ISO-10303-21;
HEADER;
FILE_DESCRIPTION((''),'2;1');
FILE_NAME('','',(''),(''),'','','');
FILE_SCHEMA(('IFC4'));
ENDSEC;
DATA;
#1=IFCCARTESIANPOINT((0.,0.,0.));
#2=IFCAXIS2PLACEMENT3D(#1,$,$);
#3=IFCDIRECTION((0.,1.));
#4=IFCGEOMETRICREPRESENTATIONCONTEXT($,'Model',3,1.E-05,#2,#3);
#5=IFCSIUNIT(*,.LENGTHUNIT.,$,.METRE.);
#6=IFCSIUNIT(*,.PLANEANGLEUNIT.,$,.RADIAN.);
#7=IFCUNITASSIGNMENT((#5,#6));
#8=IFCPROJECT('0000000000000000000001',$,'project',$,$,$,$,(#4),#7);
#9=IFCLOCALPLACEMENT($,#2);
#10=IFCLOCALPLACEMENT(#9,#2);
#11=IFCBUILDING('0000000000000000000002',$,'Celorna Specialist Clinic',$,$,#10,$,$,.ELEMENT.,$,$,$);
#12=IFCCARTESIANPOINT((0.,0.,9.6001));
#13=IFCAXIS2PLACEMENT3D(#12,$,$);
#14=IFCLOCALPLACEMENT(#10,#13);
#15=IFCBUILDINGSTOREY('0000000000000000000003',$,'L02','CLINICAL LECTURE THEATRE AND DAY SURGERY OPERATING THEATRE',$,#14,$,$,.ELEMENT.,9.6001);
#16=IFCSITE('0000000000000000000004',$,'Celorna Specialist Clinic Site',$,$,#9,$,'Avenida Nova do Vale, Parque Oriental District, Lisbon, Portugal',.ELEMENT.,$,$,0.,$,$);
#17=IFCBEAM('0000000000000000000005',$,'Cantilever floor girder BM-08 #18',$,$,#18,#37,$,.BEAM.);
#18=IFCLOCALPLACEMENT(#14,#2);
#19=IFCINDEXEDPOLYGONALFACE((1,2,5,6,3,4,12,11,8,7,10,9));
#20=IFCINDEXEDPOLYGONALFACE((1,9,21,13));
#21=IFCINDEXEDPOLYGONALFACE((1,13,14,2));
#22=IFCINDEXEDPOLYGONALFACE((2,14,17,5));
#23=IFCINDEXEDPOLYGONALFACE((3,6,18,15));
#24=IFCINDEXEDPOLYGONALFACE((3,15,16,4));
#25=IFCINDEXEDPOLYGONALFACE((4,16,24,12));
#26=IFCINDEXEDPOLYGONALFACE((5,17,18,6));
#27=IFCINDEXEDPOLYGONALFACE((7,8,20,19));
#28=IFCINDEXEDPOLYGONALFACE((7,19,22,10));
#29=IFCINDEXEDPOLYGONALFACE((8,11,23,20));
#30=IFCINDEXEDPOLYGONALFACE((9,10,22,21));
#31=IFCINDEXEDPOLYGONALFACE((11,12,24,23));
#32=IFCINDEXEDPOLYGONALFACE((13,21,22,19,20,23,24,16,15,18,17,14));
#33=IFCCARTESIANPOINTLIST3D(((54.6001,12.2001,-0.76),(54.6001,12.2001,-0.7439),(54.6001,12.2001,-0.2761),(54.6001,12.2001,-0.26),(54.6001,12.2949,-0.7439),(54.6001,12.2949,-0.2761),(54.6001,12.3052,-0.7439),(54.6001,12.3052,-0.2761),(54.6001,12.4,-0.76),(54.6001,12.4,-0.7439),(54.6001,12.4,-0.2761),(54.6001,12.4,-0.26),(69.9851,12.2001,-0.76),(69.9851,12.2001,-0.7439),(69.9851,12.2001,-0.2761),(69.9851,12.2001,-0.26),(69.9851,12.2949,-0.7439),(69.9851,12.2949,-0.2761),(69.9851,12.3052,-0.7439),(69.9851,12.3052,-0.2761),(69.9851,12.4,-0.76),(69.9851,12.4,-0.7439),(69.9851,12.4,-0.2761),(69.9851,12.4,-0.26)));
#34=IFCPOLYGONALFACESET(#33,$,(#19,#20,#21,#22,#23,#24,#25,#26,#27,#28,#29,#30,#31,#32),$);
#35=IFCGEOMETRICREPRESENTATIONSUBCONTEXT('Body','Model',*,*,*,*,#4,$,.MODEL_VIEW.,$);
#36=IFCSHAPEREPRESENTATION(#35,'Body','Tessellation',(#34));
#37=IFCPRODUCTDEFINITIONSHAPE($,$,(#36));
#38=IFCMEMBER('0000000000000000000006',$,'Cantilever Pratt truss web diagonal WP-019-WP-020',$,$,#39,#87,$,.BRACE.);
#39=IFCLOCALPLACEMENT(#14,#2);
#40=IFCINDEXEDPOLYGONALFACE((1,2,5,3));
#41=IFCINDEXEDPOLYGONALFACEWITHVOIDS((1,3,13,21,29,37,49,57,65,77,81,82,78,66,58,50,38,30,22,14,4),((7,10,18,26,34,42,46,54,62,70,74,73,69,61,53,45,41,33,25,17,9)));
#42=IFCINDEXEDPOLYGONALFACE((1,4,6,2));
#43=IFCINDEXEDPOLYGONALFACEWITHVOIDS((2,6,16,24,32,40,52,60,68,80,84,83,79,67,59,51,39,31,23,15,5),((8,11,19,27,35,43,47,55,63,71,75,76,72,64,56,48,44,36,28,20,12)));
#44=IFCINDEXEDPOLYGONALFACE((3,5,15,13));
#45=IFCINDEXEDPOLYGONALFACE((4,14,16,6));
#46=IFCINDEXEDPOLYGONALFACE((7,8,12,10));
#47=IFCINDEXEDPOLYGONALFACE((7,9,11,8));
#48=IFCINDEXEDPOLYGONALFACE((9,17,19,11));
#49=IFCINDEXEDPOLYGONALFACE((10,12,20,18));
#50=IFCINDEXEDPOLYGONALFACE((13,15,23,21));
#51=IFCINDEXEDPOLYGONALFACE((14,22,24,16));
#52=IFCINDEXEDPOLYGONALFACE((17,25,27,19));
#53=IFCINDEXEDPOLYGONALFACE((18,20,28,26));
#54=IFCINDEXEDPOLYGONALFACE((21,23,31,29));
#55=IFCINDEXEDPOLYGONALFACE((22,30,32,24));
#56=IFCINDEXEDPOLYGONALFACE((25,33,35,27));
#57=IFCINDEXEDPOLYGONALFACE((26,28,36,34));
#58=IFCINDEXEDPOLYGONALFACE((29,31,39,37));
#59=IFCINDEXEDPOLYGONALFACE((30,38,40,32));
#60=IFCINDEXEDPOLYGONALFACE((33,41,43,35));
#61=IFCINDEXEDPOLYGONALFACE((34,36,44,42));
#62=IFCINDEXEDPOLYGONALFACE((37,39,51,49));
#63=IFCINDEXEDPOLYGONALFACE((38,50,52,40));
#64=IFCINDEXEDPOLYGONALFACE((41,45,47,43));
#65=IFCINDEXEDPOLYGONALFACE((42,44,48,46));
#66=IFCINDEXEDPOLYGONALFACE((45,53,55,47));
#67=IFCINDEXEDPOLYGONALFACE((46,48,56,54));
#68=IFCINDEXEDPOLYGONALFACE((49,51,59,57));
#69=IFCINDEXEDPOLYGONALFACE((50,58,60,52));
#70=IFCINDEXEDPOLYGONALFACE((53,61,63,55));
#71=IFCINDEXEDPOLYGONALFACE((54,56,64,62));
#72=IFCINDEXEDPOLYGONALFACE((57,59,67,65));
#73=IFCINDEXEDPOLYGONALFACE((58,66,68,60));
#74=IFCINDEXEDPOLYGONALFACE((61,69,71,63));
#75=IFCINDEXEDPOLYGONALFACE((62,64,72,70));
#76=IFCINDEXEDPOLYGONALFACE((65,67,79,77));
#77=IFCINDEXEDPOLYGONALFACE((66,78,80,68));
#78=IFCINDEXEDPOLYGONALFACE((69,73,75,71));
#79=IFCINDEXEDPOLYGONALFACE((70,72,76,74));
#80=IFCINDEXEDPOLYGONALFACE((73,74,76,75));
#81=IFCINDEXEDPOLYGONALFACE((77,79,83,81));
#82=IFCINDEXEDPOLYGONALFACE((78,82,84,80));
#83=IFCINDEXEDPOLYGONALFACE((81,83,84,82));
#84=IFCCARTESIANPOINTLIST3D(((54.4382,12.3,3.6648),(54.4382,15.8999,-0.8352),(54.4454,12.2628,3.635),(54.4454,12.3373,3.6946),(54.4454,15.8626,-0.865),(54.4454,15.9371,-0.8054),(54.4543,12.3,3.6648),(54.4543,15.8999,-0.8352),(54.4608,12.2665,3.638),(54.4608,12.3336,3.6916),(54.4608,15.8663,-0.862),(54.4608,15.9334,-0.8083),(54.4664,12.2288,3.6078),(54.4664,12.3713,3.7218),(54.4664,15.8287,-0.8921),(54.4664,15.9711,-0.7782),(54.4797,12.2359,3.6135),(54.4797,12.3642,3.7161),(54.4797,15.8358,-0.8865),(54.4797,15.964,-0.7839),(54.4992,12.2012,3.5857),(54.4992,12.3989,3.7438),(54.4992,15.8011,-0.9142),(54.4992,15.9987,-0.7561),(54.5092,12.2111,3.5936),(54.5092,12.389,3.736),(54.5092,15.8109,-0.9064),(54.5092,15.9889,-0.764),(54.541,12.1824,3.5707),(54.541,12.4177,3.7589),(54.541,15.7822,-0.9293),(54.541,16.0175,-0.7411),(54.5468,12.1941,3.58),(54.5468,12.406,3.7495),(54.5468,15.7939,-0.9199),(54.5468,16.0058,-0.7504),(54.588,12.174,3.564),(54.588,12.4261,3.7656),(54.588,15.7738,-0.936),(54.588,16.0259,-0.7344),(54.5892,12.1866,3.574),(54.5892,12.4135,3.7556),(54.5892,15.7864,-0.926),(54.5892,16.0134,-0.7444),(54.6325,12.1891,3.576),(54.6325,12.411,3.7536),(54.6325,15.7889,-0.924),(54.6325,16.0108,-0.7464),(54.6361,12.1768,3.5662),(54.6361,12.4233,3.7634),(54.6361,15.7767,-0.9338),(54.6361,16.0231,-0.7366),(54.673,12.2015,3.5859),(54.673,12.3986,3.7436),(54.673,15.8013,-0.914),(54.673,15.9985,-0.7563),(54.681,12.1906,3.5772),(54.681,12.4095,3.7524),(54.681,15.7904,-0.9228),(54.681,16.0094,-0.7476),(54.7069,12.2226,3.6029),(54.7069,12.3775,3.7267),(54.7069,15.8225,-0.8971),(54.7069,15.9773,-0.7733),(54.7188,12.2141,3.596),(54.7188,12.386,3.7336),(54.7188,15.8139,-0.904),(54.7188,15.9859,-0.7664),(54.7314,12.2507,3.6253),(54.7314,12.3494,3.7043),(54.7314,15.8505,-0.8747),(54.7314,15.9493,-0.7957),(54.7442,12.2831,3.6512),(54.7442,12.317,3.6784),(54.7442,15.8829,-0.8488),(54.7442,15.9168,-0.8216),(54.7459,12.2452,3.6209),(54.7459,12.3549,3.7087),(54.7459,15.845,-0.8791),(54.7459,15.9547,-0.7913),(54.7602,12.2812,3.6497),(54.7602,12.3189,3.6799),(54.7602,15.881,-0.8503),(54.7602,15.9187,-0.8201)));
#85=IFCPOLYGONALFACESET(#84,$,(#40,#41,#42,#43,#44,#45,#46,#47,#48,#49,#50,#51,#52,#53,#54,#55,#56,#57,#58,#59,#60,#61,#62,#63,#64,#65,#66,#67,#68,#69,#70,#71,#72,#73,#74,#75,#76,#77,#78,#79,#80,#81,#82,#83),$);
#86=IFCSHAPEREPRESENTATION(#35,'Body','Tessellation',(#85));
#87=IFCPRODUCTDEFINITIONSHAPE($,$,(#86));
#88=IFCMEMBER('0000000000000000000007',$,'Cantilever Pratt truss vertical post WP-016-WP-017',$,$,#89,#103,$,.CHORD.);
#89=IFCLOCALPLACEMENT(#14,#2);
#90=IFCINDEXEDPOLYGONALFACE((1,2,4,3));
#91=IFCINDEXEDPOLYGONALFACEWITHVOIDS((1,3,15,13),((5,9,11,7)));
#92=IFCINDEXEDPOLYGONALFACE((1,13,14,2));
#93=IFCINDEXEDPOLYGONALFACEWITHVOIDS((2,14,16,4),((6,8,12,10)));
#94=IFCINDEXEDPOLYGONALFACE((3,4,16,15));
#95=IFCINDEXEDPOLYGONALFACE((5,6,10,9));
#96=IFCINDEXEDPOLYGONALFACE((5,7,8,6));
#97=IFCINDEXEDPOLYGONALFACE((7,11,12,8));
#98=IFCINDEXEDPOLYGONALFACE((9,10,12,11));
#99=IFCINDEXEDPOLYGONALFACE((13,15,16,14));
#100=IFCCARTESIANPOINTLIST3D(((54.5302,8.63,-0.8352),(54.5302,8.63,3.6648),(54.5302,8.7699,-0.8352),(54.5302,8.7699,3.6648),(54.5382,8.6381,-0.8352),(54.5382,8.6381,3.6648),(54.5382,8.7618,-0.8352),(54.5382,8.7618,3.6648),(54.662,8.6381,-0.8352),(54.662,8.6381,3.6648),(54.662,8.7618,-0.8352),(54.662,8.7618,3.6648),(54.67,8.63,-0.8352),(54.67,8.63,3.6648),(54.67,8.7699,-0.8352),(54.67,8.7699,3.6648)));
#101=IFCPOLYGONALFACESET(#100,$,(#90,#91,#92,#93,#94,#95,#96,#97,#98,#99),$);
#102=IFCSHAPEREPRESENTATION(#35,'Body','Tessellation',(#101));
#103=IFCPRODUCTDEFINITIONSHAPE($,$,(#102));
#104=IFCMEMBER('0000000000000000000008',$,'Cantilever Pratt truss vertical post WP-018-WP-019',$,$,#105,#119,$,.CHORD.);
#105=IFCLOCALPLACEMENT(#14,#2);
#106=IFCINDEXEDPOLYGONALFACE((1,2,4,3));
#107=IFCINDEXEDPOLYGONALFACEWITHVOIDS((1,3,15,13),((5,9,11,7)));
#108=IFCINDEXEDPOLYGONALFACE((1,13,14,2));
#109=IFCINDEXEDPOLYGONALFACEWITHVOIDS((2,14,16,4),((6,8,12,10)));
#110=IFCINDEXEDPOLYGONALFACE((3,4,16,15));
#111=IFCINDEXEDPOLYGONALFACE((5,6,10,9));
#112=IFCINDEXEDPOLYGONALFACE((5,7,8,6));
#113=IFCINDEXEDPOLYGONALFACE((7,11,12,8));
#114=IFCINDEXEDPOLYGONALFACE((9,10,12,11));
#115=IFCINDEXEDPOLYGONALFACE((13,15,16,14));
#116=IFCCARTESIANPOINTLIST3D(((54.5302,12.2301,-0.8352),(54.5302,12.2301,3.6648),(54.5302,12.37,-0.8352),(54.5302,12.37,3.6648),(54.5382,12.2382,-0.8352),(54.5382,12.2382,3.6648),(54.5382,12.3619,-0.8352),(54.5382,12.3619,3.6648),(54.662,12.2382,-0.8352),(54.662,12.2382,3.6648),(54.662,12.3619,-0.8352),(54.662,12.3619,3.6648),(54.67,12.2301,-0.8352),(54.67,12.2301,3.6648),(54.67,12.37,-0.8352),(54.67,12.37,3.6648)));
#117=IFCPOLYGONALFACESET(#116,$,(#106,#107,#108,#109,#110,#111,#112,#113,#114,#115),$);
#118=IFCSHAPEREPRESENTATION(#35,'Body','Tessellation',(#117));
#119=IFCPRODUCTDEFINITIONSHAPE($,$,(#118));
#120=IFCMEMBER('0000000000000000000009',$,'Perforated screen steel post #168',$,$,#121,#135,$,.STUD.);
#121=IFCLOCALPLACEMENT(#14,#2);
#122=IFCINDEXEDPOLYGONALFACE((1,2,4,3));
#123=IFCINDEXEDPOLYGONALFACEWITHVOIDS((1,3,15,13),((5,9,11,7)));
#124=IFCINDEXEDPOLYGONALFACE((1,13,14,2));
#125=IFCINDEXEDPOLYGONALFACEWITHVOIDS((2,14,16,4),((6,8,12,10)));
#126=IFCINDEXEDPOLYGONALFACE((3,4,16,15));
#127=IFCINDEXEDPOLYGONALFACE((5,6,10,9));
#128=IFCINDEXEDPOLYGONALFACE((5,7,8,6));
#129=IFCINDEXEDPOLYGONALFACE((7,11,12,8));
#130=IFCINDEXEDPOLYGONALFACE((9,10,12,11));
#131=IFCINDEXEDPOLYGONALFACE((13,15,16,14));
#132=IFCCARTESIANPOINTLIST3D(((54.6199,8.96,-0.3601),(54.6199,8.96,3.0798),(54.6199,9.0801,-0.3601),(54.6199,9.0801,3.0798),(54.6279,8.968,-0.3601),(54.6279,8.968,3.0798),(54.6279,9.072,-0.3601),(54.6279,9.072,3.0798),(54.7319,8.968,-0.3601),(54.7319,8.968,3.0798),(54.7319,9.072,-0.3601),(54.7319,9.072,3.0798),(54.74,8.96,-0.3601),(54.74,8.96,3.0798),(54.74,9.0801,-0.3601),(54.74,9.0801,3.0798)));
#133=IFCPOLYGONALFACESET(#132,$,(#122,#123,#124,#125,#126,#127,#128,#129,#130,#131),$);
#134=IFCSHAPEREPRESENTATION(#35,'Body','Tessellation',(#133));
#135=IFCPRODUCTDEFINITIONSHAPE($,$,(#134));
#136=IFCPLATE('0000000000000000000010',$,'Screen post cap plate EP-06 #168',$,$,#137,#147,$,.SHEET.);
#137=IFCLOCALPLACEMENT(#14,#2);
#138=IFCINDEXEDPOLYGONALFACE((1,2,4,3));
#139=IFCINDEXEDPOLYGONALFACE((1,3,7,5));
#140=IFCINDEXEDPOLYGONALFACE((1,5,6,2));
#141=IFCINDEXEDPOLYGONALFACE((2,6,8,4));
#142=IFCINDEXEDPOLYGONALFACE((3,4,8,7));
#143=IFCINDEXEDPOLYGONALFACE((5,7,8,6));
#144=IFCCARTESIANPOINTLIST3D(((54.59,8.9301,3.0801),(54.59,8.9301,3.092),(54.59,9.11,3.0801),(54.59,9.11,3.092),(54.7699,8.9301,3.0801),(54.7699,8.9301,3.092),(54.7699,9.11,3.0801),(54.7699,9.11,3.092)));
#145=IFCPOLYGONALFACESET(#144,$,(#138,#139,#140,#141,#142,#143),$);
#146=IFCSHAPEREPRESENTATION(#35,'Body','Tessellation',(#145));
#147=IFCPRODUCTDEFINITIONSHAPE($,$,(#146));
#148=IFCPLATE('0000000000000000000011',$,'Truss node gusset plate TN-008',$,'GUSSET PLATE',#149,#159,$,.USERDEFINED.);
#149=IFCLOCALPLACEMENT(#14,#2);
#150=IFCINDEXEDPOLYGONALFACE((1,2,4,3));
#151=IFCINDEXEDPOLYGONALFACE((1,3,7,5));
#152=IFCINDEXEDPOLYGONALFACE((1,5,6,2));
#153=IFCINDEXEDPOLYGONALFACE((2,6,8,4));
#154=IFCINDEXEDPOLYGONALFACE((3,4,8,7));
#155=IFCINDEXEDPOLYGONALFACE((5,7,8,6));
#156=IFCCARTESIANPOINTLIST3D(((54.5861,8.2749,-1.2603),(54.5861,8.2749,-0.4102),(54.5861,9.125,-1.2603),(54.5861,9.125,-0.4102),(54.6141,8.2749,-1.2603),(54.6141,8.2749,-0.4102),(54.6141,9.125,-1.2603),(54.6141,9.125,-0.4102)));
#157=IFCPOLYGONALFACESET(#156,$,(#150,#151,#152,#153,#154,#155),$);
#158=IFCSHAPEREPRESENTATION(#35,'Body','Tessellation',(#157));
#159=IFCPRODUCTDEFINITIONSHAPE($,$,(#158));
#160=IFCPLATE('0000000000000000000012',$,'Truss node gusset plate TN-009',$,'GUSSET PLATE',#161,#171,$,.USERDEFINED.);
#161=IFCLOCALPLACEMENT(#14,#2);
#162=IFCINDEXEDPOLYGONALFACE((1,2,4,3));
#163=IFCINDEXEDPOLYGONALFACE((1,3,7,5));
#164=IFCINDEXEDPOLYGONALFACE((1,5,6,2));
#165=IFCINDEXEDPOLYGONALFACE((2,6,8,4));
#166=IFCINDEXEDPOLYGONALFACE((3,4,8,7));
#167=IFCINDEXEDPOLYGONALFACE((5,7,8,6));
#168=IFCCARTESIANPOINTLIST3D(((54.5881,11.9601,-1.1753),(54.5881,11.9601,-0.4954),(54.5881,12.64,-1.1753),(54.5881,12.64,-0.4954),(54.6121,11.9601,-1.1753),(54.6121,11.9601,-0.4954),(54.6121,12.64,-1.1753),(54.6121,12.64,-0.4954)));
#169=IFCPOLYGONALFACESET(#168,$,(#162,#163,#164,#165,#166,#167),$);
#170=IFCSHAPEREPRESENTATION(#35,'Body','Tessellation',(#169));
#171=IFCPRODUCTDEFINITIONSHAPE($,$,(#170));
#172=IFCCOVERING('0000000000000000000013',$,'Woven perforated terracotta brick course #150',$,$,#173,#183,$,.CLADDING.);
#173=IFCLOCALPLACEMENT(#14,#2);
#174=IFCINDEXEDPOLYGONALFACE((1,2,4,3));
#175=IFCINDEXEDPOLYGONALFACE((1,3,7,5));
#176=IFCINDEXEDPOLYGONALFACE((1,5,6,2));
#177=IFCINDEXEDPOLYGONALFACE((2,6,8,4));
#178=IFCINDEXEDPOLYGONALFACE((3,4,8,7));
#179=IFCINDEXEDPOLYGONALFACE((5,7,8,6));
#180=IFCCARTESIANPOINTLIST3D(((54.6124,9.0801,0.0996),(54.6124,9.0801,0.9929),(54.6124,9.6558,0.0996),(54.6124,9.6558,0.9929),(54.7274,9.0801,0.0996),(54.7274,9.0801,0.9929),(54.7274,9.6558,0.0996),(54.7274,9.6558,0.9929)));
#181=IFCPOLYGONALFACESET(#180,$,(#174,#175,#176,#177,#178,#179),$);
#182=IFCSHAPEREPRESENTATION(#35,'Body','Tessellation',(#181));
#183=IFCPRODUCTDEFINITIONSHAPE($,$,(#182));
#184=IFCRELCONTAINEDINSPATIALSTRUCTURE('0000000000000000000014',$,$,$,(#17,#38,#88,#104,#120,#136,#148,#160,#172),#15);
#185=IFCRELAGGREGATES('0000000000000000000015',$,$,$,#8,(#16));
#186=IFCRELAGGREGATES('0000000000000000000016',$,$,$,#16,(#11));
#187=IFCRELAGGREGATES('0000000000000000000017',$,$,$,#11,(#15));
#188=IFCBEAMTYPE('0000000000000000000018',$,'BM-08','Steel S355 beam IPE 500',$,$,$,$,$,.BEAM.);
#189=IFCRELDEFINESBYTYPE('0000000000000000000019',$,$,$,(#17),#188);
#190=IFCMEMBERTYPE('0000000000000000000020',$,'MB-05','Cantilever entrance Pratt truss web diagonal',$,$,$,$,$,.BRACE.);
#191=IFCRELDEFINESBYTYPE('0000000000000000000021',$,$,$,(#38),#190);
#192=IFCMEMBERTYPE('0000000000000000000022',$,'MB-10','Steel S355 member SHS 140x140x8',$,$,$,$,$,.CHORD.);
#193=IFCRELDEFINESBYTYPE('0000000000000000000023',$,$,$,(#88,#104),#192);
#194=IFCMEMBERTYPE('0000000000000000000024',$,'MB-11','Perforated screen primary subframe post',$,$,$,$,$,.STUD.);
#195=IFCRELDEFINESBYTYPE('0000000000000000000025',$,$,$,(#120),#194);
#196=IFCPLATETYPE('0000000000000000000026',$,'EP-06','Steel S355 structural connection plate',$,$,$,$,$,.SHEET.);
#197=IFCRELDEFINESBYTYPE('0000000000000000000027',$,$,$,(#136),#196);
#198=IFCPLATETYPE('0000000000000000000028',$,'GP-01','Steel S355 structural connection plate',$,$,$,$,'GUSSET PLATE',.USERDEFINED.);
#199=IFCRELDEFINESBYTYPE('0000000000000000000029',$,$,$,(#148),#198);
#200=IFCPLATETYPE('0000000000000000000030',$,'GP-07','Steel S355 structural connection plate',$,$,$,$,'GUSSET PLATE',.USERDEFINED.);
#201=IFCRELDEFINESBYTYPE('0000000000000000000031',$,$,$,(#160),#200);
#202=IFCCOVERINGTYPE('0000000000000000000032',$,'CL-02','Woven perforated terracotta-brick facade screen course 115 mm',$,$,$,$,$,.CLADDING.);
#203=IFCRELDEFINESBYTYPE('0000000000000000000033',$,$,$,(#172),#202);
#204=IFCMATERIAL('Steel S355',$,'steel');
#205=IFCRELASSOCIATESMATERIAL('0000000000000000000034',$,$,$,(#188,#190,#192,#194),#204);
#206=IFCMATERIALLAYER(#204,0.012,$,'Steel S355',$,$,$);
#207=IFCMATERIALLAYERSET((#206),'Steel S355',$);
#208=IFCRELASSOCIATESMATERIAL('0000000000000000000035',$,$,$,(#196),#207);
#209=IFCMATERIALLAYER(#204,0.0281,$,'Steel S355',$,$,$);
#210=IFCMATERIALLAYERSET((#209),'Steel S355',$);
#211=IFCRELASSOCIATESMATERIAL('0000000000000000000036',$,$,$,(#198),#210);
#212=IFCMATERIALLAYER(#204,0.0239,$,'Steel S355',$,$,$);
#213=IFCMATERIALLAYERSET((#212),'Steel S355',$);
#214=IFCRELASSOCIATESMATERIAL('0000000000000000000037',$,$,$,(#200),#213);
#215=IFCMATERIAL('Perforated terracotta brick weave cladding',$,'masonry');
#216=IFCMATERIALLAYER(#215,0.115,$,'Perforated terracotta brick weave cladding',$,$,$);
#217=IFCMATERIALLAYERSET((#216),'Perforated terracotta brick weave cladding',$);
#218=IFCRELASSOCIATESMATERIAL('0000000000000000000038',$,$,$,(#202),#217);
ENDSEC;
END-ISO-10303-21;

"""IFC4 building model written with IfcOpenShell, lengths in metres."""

from ifc_helpers import new_model, si_unit, direction, frame, origin, origin_2d, place, context, subcontext, project, spatial, rectangle, hollow_rectangle, hollow_circle, i_section, extrude, material, layer, layer_set, material_profile, profile_set, type_object, element, save


model = new_model("IFC4")

# Units and contexts
model_context = context("Model", 3, precision=1e-05, world=origin(), true_north=direction((0.0, 1.0)))
body_context = subcontext(model_context, "Body", "Model", "MODEL_VIEW")
ifc_project = project(units=[si_unit("LENGTHUNIT", "METRE"), si_unit("PLANEANGLEUNIT", "RADIAN")], contexts=[model_context])

# Site, building, storey
site_placement = place(None, origin())
site = spatial("IfcSite", under=ifc_project, at=site_placement, Name="Celorna Specialist Clinic Site", LongName="Avenida Nova do Vale, Parque Oriental District, Lisbon, Portugal", CompositionType="ELEMENT", RefElevation=0.0)
building_placement = place(site_placement, origin())
building = spatial("IfcBuilding", under=site, at=building_placement, Name="Celorna Specialist Clinic", CompositionType="ELEMENT")
storey_placement = place(building_placement, frame((0.0, 0.0, 9.6001)))
storey = spatial("IfcBuildingStorey", under=building, at=storey_placement, Name="L02", Description="CLINICAL LECTURE THEATRE AND DAY SURGERY OPERATING THEATRE", CompositionType="ELEMENT", Elevation=9.6001)

# Beam
ifc_material_1 = material(Name="Steel S355", Category="steel")
ifc_material_profile_1 = material_profile(ifc_material_1, i_section(OverallWidth=0.2, OverallDepth=0.5, WebThickness=0.0103, FlangeThickness=0.0161, at=origin_2d()), Name="IPE 500")
ifc_profile_set_1 = profile_set([ifc_material_profile_1], Name="Steel S355")
beam_type = type_object("IfcBeamType", Name="BM-08", Description="Steel S355 beam IPE 500", PredefinedType="BEAM", material=ifc_profile_set_1)
beam_placement = place(storey_placement, frame((54.6001, 12.3, -0.51), z_axis=(1.0, 0.0, 0.0), x_axis=(0.0, 1.0, 0.0)))
element("IfcBeam", 1, at=beam_placement, inside=storey, type_object=beam_type, Name="Cantilever floor girder BM-08 #18", PredefinedType="BEAM", context=body_context, shape_type="SweptSolid", body=[
    extrude(i_section(OverallWidth=0.2, OverallDepth=0.5, WebThickness=0.0103, FlangeThickness=0.0161, at=origin_2d()), origin(), (0.0, 0.0, 1.0), 15.385),
])

# Members
ifc_material_profile_2 = material_profile(ifc_material_1, hollow_circle(Radius=0.1619, WallThickness=0.0161, at=origin_2d()), Name="CHS 323.9x16")
ifc_profile_set_2 = profile_set([ifc_material_profile_2], Name="Steel S355")
member_type_1 = type_object("IfcMemberType", Name="MB-05", Description="Cantilever entrance Pratt truss web diagonal", PredefinedType="BRACE", material=ifc_profile_set_2)
member_1_placement = place(storey_placement, frame((54.6001, 12.3, 3.6648), z_axis=(0.0, 0.62468, -0.780881), x_axis=(-1.0, 0.0, 0.0)))
element("IfcMember", 2, at=member_1_placement, inside=storey, type_object=member_type_1, Name="Cantilever Pratt truss web diagonal WP-019-WP-020", PredefinedType="BRACE", context=body_context, shape_type="SweptSolid", body=[
    extrude(hollow_circle(Radius=0.1619, WallThickness=0.0161, at=origin_2d()), origin(), (0.0, 0.0, 1.0), 5.7627),
])
ifc_material_profile_3 = material_profile(ifc_material_1, hollow_rectangle(XDim=0.1399, YDim=0.1399, WallThickness=0.0081, at=origin_2d()), Name="SHS 140x140x8")
ifc_profile_set_3 = profile_set([ifc_material_profile_3], Name="Steel S355")
member_type_2 = type_object("IfcMemberType", Name="MB-10", Description="Steel S355 member SHS 140x140x8", PredefinedType="CHORD", material=ifc_profile_set_3)
for number, where, z_axis, x_axis, name in (
    (3, (54.6001, 8.7, -0.8352), (0.0, 0.0, 1.0), (1.0, 0.0, 0.0), "Cantilever Pratt truss vertical post WP-016-WP-017"),
    (4, (54.6001, 12.3, -0.8352), (0.0, 0.0, 1.0), (1.0, 0.0, 0.0), "Cantilever Pratt truss vertical post WP-018-WP-019"),
):
    element("IfcMember", number, at=place(storey_placement, frame(where, z_axis=z_axis, x_axis=x_axis)), inside=storey, type_object=member_type_2, Name=name, PredefinedType="CHORD", context=body_context, shape_type="SweptSolid", body=[
        extrude(hollow_rectangle(XDim=0.1399, YDim=0.1399, WallThickness=0.0081, at=origin_2d()), origin(), (0.0, 0.0, 1.0), 4.5),
    ])
ifc_material_profile_4 = material_profile(ifc_material_1, hollow_rectangle(XDim=0.1201, YDim=0.1201, WallThickness=0.0081, at=origin_2d()), Name="SHS 120x120x8")
ifc_profile_set_4 = profile_set([ifc_material_profile_4], Name="Steel S355")
member_type_3 = type_object("IfcMemberType", Name="MB-11", Description="Perforated screen primary subframe post", PredefinedType="STUD", material=ifc_profile_set_4)
member_2_placement = place(storey_placement, frame((54.6799, 9.02, -0.3601), z_axis=(0.0, 0.0, 1.0), x_axis=(1.0, 0.0, 0.0)))
element("IfcMember", 5, at=member_2_placement, inside=storey, type_object=member_type_3, Name="Perforated screen steel post #168", PredefinedType="STUD", context=body_context, shape_type="SweptSolid", body=[
    extrude(hollow_rectangle(XDim=0.1201, YDim=0.1201, WallThickness=0.0081, at=origin_2d()), origin(), (0.0, 0.0, 1.0), 3.4399),
])

# Plates
ifc_layer_1 = layer(ifc_material_1, 0.012, Name="Steel S355")
ifc_layer_set_1 = layer_set([ifc_layer_1], Name="Steel S355")
plate_type_1 = type_object("IfcPlateType", Name="EP-06", Description="Steel S355 structural connection plate", PredefinedType="SHEET", material=ifc_layer_set_1)
plate_1_placement = place(storey_placement, frame((54.6799, 9.02, 3.0801), z_axis=(0.0, 0.0, 1.0), x_axis=(0.0, 1.0, 0.0)))
element("IfcPlate", 6, at=plate_1_placement, inside=storey, type_object=plate_type_1, Name="Screen post cap plate EP-06 #168", PredefinedType="SHEET", context=body_context, shape_type="SweptSolid", body=[
    extrude(rectangle(XDim=0.1799, YDim=0.1799, at=origin_2d()), origin(), (0.0, 0.0, 1.0), 0.012),
])
ifc_layer_2 = layer(ifc_material_1, 0.0281, Name="Steel S355")
ifc_layer_set_2 = layer_set([ifc_layer_2], Name="Steel S355")
plate_type_2 = type_object("IfcPlateType", Name="GP-01", Description="Steel S355 structural connection plate", ElementType="GUSSET PLATE", PredefinedType="USERDEFINED", material=ifc_layer_set_2)
plate_2_placement = place(storey_placement, frame((54.6001, 8.7, -1.2603), z_axis=(0.0, 0.0, 1.0), x_axis=(0.0, 1.0, 0.0)))
element("IfcPlate", 7, at=plate_2_placement, inside=storey, type_object=plate_type_2, Name="Truss node gusset plate TN-008", ObjectType="GUSSET PLATE", PredefinedType="USERDEFINED", context=body_context, shape_type="SweptSolid", body=[
    extrude(rectangle(XDim=0.8501, YDim=0.0281, at=origin_2d()), origin(), (0.0, 0.0, 1.0), 0.8501),
])
ifc_layer_3 = layer(ifc_material_1, 0.0239, Name="Steel S355")
ifc_layer_set_3 = layer_set([ifc_layer_3], Name="Steel S355")
plate_type_3 = type_object("IfcPlateType", Name="GP-07", Description="Steel S355 structural connection plate", ElementType="GUSSET PLATE", PredefinedType="USERDEFINED", material=ifc_layer_set_3)
plate_3_placement = place(storey_placement, frame((54.6001, 12.3, -1.1753), z_axis=(0.0, 0.0, 1.0), x_axis=(0.0, 1.0, 0.0)))
element("IfcPlate", 8, at=plate_3_placement, inside=storey, type_object=plate_type_3, Name="Truss node gusset plate TN-009", ObjectType="GUSSET PLATE", PredefinedType="USERDEFINED", context=body_context, shape_type="SweptSolid", body=[
    extrude(rectangle(XDim=0.6799, YDim=0.0239, at=origin_2d()), origin(), (0.0, 0.0, 1.0), 0.6799),
])

# Covering
ifc_material_2 = material(Name="Perforated terracotta brick weave cladding", Category="masonry")
ifc_layer_4 = layer(ifc_material_2, 0.115, Name="Perforated terracotta brick weave cladding")
ifc_layer_set_4 = layer_set([ifc_layer_4], Name="Perforated terracotta brick weave cladding")
covering_type = type_object("IfcCoveringType", Name="CL-02", Description="Woven perforated terracotta-brick facade screen course 115 mm", PredefinedType="CLADDING", material=ifc_layer_set_4)
for number, where, z_axis, x_axis, name in (
    (9, (54.6699, 9.3679, 0.0996), (0.0, 0.0, 1.0), (0.0, 1.0, 0.0), "Woven perforated terracotta brick course #150"),
):
    element("IfcCovering", number, at=place(storey_placement, frame(where, z_axis=z_axis, x_axis=x_axis)), inside=storey, type_object=covering_type, Name=name, PredefinedType="CLADDING", context=body_context, shape_type="SweptSolid", body=[
        extrude(rectangle(XDim=0.5757, YDim=0.115, at=origin_2d()), origin(), (0.0, 0.0, 1.0), 0.8933),
    ])

save(model, "model.ifc")
